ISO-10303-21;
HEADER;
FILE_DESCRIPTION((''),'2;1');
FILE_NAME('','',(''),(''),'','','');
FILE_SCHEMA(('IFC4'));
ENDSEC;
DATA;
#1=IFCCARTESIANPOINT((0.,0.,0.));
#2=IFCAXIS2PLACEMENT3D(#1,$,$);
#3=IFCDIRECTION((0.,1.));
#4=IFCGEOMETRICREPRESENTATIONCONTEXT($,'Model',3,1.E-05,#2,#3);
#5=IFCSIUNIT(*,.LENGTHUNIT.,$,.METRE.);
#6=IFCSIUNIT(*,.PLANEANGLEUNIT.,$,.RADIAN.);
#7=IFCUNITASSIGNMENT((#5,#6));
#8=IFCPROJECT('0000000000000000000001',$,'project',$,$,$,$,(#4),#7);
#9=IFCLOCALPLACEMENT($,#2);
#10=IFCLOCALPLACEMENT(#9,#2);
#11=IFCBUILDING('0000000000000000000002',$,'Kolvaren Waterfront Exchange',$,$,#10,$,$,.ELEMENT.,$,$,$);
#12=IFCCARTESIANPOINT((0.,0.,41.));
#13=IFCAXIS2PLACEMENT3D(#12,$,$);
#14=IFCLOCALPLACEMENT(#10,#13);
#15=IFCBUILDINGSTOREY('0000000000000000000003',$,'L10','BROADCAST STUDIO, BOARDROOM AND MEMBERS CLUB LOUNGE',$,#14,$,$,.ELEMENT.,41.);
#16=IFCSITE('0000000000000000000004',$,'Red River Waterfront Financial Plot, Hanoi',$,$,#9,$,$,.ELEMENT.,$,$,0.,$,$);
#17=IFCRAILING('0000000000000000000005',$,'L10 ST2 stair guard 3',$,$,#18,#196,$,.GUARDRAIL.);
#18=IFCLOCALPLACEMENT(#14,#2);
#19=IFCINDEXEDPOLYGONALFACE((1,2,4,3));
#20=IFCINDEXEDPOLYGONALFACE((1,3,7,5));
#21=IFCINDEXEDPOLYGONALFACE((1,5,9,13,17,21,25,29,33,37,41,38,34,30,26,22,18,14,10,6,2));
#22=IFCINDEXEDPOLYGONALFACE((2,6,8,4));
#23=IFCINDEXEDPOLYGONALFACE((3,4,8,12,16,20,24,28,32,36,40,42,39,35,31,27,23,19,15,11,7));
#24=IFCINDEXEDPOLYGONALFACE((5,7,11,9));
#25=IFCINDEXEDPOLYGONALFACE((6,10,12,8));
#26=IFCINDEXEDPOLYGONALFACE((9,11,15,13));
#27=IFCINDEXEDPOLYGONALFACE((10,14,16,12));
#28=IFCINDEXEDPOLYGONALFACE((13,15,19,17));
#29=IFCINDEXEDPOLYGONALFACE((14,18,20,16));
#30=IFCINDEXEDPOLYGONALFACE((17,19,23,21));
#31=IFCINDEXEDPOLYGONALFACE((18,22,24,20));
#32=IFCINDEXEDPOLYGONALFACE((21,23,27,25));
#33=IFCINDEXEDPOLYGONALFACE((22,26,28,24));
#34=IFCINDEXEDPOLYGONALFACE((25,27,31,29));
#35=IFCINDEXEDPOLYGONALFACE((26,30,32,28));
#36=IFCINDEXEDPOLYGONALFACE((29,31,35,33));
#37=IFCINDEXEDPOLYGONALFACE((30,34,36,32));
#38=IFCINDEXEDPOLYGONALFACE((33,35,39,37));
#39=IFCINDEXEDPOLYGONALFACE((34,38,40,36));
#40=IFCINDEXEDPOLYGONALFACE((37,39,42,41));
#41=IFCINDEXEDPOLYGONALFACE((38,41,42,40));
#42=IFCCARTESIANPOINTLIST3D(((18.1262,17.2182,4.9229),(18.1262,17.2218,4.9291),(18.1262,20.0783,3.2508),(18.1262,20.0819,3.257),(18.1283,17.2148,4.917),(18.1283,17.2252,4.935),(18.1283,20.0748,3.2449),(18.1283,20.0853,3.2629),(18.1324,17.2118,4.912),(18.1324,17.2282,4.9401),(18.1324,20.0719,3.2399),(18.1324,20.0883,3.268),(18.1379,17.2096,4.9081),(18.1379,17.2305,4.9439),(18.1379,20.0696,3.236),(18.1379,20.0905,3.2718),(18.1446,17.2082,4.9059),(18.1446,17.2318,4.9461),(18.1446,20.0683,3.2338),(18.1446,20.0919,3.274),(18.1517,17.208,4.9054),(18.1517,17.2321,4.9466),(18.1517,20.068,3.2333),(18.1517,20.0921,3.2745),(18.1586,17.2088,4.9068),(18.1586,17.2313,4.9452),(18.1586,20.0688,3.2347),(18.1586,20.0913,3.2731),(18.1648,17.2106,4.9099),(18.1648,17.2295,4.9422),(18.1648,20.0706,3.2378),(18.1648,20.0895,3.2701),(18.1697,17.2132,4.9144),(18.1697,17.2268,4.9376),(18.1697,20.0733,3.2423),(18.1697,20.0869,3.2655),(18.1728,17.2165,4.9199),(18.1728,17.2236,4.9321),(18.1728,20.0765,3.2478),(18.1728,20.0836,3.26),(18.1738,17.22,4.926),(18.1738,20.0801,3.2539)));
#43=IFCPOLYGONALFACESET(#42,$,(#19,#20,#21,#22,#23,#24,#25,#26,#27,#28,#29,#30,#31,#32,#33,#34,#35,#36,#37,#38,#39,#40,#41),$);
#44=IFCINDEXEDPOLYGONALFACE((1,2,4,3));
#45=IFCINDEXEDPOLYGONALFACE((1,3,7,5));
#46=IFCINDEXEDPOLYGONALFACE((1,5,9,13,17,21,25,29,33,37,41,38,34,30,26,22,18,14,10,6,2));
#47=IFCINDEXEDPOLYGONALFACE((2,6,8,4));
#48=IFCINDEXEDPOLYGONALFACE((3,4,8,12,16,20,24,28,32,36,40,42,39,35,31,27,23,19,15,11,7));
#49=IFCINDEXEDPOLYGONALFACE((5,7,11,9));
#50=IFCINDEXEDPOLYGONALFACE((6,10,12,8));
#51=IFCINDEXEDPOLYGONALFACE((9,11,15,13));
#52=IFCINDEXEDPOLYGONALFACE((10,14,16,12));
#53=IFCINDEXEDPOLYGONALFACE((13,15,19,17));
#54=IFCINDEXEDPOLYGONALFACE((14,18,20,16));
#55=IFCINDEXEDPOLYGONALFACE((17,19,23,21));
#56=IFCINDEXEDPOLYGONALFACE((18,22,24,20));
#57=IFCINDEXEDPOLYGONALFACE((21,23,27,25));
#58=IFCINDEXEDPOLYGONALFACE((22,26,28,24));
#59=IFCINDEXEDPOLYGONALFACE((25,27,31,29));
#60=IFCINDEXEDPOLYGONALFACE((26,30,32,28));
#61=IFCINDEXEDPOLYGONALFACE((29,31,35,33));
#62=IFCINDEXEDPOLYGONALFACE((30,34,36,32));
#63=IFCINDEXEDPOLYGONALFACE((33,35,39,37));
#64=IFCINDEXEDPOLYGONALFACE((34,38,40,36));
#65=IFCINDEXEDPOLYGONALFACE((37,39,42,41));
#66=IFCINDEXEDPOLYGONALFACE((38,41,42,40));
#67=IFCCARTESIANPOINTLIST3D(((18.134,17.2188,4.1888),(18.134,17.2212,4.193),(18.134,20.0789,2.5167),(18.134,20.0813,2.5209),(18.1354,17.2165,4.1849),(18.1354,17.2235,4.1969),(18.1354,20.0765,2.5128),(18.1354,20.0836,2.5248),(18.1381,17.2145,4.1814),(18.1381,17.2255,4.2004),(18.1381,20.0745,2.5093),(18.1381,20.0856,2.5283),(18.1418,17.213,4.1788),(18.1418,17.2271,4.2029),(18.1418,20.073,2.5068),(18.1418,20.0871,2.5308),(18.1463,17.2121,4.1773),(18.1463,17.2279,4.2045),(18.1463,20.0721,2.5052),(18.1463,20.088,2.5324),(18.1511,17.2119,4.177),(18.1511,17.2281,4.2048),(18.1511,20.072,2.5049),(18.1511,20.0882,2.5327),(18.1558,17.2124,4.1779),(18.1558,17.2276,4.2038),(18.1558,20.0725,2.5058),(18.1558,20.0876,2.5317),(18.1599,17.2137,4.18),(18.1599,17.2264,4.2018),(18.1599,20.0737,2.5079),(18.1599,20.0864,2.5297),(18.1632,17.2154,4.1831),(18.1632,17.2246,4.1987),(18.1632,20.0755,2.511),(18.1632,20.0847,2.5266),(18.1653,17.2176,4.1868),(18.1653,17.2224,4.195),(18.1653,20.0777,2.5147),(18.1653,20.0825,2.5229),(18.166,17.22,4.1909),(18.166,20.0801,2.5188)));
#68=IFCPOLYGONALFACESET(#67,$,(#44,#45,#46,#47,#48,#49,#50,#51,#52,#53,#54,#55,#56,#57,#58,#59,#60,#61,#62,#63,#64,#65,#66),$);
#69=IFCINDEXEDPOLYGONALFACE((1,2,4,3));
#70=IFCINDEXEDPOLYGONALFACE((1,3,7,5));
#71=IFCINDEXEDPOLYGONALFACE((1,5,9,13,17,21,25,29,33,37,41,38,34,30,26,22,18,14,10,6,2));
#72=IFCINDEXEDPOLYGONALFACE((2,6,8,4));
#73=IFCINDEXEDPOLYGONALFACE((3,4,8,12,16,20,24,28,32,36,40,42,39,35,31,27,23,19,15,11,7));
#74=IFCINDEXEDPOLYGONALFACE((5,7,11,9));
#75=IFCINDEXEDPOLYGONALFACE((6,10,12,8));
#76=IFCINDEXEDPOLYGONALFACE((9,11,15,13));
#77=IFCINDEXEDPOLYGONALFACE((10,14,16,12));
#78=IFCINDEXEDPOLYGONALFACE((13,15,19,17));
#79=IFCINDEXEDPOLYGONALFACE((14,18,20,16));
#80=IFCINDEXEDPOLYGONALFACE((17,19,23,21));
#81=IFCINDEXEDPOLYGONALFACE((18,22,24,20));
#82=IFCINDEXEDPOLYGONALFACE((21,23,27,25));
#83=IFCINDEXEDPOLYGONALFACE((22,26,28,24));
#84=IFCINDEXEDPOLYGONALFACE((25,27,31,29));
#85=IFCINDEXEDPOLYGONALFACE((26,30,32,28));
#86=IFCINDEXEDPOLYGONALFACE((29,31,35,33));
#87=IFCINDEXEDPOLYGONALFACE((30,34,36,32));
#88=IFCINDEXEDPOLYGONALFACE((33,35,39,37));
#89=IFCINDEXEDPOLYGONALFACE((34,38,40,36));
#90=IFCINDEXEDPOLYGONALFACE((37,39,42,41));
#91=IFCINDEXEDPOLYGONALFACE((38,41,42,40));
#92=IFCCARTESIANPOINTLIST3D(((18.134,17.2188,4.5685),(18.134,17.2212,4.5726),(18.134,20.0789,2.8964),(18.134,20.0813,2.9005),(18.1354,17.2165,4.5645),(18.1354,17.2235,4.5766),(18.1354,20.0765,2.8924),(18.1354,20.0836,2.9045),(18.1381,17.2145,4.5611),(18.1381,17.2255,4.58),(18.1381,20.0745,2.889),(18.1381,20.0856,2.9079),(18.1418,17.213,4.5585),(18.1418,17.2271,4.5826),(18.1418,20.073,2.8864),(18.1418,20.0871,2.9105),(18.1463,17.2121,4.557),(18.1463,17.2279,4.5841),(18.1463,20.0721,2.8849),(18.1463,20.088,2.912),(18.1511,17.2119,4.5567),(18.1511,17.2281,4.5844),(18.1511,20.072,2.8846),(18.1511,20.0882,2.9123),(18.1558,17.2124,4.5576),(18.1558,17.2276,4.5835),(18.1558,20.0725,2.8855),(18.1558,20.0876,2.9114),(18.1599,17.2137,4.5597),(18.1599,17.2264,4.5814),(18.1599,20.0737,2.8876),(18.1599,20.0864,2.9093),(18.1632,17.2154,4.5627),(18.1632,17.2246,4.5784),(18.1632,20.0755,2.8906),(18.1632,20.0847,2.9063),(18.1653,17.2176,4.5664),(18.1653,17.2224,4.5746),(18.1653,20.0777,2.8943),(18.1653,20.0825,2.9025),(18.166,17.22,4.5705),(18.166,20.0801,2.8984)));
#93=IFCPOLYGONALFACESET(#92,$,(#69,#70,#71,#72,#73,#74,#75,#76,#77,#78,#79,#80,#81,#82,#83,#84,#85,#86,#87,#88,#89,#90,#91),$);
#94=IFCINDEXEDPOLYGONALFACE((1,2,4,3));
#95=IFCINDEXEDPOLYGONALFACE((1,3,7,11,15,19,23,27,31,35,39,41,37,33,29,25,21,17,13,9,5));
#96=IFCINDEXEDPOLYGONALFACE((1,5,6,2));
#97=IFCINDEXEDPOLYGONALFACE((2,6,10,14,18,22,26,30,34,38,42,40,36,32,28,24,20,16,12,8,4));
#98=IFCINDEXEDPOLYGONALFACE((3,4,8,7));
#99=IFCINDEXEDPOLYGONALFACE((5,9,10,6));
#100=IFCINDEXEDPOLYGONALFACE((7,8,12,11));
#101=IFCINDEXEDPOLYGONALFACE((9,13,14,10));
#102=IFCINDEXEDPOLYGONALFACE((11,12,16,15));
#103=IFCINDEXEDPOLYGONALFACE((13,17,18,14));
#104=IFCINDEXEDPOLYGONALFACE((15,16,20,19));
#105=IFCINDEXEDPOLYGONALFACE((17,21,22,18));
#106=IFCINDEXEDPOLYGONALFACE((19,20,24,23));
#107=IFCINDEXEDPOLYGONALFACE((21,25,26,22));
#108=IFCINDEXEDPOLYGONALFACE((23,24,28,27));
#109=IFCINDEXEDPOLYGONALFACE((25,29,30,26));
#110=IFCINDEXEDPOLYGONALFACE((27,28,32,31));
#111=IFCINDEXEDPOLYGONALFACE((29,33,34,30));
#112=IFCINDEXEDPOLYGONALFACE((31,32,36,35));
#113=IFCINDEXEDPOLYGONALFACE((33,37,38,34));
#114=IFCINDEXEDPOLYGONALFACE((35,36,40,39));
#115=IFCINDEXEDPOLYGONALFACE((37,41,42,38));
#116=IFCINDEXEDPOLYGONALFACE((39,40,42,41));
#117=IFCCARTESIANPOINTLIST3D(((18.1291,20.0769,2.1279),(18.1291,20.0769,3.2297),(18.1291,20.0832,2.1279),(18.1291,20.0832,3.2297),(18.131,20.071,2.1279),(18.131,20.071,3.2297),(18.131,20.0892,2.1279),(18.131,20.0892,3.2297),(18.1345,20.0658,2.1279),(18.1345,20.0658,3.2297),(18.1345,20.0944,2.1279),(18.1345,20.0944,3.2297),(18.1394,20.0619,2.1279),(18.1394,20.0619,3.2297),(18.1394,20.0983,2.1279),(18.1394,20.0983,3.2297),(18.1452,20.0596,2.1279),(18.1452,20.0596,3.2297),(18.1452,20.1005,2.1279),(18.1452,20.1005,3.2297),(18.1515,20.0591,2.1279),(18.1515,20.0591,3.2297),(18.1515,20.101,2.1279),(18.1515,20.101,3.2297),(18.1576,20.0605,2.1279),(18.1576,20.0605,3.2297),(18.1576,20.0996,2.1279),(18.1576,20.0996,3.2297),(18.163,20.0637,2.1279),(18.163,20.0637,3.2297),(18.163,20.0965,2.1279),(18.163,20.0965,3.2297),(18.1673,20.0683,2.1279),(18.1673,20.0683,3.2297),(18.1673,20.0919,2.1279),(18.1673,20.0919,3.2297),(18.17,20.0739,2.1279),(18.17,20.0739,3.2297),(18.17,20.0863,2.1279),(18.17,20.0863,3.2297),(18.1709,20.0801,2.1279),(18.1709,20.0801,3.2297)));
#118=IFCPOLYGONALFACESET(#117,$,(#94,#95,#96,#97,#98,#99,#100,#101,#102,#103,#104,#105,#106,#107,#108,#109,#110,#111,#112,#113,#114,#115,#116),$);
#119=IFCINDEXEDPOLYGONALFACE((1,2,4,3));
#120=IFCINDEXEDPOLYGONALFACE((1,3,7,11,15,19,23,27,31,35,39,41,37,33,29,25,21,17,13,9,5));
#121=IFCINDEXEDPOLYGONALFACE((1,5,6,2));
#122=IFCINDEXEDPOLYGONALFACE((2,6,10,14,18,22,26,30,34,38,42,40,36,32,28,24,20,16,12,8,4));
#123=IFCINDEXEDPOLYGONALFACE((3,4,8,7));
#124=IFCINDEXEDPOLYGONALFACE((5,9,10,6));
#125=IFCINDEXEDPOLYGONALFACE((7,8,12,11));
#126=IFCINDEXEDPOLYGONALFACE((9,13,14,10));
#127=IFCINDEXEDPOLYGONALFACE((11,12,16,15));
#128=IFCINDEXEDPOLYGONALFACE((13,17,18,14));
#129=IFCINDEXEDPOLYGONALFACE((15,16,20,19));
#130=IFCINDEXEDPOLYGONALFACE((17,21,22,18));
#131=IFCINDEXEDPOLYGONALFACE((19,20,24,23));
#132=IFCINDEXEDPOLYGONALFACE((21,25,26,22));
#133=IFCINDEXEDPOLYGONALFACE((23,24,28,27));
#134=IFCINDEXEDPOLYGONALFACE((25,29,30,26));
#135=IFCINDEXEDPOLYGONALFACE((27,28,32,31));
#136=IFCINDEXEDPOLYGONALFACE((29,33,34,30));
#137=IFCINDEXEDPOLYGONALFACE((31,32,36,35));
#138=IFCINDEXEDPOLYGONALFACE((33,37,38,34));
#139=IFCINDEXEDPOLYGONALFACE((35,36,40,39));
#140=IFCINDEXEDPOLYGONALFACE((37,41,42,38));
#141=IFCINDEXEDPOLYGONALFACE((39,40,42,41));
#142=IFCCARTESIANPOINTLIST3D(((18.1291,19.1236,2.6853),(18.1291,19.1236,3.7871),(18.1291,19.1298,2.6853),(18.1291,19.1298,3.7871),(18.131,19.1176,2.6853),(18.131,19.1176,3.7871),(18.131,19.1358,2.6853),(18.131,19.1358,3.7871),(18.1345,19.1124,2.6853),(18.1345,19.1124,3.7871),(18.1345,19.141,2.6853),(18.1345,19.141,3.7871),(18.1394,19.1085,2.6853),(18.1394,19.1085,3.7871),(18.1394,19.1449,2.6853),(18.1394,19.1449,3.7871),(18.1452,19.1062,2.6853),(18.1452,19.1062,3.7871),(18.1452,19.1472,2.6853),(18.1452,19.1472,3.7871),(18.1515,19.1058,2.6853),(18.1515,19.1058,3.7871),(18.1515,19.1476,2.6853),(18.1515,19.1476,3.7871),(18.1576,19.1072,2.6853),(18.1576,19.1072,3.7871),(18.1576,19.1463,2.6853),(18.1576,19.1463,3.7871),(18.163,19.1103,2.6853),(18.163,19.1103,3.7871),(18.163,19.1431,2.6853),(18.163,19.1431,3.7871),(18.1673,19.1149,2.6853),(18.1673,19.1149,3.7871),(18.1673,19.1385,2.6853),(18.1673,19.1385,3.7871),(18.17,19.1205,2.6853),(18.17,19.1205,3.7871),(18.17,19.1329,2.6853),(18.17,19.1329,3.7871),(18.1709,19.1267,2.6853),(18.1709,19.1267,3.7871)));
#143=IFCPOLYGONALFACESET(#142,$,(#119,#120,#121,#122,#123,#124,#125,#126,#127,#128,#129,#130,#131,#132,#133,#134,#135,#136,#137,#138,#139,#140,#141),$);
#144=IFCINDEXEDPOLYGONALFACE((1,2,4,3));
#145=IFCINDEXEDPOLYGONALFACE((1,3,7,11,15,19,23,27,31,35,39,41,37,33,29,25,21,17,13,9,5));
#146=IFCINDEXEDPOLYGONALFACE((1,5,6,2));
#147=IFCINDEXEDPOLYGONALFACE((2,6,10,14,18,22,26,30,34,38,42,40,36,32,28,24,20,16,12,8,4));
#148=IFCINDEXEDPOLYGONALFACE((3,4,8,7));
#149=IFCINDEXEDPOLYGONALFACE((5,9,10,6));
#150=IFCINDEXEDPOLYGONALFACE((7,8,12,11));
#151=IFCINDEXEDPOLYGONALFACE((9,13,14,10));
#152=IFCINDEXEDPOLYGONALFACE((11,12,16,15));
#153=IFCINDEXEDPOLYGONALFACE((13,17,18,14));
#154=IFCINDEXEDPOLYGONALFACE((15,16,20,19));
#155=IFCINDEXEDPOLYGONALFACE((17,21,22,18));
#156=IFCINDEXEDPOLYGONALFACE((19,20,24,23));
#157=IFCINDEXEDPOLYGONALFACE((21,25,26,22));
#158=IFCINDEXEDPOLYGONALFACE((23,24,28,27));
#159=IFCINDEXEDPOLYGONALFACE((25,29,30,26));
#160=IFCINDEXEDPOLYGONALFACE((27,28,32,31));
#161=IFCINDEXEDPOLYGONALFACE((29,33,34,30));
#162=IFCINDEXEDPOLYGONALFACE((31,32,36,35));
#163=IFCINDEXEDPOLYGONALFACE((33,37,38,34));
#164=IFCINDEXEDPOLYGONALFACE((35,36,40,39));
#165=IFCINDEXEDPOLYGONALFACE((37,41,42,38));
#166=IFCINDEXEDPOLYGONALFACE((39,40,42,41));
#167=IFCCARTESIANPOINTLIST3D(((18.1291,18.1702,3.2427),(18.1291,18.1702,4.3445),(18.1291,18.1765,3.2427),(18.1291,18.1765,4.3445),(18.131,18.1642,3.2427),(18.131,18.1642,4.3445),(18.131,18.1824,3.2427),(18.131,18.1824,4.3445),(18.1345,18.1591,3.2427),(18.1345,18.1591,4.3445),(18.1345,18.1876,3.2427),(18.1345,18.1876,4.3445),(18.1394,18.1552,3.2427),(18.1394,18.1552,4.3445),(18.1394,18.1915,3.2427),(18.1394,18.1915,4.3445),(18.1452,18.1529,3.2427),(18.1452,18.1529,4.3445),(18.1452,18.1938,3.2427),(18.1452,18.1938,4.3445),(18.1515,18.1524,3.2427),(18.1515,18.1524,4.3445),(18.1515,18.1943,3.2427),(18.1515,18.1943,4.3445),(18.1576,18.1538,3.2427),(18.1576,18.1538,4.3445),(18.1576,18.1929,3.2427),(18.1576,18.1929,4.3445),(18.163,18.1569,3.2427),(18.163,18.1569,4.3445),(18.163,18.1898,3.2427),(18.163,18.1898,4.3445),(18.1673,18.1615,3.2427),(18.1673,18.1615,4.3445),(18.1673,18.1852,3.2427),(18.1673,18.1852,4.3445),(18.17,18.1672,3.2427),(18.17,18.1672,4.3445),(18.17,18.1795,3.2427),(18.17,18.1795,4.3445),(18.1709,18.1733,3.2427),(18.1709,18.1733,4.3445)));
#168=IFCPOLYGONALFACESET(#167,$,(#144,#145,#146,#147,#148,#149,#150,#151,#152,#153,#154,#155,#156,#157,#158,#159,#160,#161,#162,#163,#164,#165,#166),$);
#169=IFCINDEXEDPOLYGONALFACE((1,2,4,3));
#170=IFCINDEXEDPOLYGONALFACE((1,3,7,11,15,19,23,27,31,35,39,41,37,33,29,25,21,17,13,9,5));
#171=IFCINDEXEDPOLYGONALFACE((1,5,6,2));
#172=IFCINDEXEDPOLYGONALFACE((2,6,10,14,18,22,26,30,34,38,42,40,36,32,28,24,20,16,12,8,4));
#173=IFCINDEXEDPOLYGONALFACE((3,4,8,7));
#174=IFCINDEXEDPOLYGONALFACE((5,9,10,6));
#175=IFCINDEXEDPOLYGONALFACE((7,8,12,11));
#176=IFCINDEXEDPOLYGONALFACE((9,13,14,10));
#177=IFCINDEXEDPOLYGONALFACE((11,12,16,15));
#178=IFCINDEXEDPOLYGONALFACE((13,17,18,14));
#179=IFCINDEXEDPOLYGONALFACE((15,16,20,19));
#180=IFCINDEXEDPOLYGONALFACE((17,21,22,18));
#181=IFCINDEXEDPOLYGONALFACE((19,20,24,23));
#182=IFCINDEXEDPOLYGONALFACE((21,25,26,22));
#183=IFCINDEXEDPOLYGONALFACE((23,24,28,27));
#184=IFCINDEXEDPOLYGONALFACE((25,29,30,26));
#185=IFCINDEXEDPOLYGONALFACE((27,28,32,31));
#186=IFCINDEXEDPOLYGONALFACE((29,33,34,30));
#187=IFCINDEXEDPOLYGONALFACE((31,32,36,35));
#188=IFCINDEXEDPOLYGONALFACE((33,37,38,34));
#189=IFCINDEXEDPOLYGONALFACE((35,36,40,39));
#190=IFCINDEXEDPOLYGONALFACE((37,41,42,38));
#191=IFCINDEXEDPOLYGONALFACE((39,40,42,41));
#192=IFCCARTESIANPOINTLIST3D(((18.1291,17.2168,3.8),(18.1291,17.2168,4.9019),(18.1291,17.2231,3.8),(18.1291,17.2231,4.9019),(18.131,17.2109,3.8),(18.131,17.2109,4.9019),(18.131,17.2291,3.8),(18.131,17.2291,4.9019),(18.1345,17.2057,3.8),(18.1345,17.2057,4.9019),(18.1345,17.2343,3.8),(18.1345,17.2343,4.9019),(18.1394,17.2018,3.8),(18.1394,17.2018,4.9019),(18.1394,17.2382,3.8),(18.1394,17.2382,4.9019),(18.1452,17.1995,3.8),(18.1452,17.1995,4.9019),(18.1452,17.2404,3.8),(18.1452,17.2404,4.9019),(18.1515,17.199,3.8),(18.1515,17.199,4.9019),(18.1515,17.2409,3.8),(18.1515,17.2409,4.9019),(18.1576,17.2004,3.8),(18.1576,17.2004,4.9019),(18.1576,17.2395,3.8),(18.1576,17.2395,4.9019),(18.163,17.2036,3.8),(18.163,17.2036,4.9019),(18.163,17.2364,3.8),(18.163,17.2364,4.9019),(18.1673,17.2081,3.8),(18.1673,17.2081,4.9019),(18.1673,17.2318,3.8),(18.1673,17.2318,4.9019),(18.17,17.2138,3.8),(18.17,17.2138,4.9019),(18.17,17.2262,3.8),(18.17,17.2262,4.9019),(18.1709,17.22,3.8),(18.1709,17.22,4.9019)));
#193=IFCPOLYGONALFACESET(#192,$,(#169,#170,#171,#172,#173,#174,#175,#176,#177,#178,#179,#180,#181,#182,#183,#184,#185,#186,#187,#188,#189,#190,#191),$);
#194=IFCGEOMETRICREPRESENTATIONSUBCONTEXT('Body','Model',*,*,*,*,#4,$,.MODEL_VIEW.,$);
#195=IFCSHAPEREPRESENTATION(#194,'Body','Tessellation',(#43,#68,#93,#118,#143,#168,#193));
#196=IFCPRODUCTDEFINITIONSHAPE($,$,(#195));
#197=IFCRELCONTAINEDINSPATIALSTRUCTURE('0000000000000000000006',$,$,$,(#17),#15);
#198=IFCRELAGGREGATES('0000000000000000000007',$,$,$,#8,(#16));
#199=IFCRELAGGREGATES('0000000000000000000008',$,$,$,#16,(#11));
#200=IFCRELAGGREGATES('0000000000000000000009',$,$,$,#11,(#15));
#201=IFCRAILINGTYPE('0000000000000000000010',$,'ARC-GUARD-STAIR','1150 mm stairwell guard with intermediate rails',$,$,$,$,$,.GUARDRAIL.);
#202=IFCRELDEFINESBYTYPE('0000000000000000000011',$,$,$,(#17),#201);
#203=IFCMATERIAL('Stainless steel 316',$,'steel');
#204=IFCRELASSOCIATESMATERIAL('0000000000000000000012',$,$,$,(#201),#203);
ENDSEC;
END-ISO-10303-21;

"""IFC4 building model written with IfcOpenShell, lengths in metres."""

from ifc_helpers import new_model, si_unit, direction, frame, origin, origin_2d, place, context, subcontext, project, spatial, circle, extrude, material, type_object, element, save


model = new_model("IFC4")

# Units and contexts
model_context = context("Model", 3, precision=1e-05, world=origin(), true_north=direction((0.0, 1.0)))
body_context = subcontext(model_context, "Body", "Model", "MODEL_VIEW")
ifc_project = project(units=[si_unit("LENGTHUNIT", "METRE"), si_unit("PLANEANGLEUNIT", "RADIAN")], contexts=[model_context])

# Site, building, storey
site_placement = place(None, origin())
site = spatial("IfcSite", under=ifc_project, at=site_placement, Name="Red River Waterfront Financial Plot, Hanoi", CompositionType="ELEMENT", RefElevation=0.0)
building_placement = place(site_placement, origin())
building = spatial("IfcBuilding", under=site, at=building_placement, Name="Kolvaren Waterfront Exchange", CompositionType="ELEMENT")
storey_placement = place(building_placement, frame((0.0, 0.0, 41.0)))
storey = spatial("IfcBuildingStorey", under=building, at=storey_placement, Name="L10", Description="BROADCAST STUDIO, BOARDROOM AND MEMBERS CLUB LOUNGE", CompositionType="ELEMENT", Elevation=41.0)

# Railing
ifc_material_1 = material(Name="Stainless steel 316", Category="steel")
railing_type_1 = type_object("IfcRailingType", Name="ARC-GUARD-STAIR", Description="1150 mm stairwell guard with intermediate rails", PredefinedType="GUARDRAIL", material=ifc_material_1)
railing_1_placement = place(storey_placement, frame((18.1499, 20.0801, 2.1279)))
element("IfcRailing", 1, at=railing_1_placement, inside=storey, type_object=railing_type_1, Name="L10 ST2 stair guard 3", PredefinedType="GUARDRAIL", context=body_context, shape_type="SweptSolid", body=[
    extrude(circle(Radius=0.0239, at=origin_2d()), frame((0.0, 0.0, 1.126), z_axis=(0.0, -0.863289, 0.504709), x_axis=(1.0, 0.0, 0.0)), (0.0, 0.0, 1.0), 3.313),
    extrude(circle(Radius=0.0161, at=origin_2d()), frame((0.0, 0.0, 0.3909), z_axis=(0.0, -0.863289, 0.504709), x_axis=(1.0, 0.0, 0.0)), (0.0, 0.0, 1.0), 3.313),
    extrude(circle(Radius=0.0161, at=origin_2d()), frame((0.0, 0.0, 0.7705), z_axis=(0.0, -0.863289, 0.504709), x_axis=(1.0, 0.0, 0.0)), (0.0, 0.0, 1.0), 3.313),
    extrude(circle(Radius=0.021, at=origin_2d()), origin(), (0.0, 0.0, 1.0), 1.1018),
    extrude(circle(Radius=0.021, at=origin_2d()), frame((0.0, -0.9534, 0.5574)), (0.0, 0.0, 1.0), 1.1018),
    extrude(circle(Radius=0.021, at=origin_2d()), frame((0.0, -1.9067, 1.1147)), (0.0, 0.0, 1.0), 1.1018),
    extrude(circle(Radius=0.021, at=origin_2d()), frame((0.0, -2.8601, 1.6721)), (0.0, 0.0, 1.0), 1.1018),
])

save(model, "model.ifc")
